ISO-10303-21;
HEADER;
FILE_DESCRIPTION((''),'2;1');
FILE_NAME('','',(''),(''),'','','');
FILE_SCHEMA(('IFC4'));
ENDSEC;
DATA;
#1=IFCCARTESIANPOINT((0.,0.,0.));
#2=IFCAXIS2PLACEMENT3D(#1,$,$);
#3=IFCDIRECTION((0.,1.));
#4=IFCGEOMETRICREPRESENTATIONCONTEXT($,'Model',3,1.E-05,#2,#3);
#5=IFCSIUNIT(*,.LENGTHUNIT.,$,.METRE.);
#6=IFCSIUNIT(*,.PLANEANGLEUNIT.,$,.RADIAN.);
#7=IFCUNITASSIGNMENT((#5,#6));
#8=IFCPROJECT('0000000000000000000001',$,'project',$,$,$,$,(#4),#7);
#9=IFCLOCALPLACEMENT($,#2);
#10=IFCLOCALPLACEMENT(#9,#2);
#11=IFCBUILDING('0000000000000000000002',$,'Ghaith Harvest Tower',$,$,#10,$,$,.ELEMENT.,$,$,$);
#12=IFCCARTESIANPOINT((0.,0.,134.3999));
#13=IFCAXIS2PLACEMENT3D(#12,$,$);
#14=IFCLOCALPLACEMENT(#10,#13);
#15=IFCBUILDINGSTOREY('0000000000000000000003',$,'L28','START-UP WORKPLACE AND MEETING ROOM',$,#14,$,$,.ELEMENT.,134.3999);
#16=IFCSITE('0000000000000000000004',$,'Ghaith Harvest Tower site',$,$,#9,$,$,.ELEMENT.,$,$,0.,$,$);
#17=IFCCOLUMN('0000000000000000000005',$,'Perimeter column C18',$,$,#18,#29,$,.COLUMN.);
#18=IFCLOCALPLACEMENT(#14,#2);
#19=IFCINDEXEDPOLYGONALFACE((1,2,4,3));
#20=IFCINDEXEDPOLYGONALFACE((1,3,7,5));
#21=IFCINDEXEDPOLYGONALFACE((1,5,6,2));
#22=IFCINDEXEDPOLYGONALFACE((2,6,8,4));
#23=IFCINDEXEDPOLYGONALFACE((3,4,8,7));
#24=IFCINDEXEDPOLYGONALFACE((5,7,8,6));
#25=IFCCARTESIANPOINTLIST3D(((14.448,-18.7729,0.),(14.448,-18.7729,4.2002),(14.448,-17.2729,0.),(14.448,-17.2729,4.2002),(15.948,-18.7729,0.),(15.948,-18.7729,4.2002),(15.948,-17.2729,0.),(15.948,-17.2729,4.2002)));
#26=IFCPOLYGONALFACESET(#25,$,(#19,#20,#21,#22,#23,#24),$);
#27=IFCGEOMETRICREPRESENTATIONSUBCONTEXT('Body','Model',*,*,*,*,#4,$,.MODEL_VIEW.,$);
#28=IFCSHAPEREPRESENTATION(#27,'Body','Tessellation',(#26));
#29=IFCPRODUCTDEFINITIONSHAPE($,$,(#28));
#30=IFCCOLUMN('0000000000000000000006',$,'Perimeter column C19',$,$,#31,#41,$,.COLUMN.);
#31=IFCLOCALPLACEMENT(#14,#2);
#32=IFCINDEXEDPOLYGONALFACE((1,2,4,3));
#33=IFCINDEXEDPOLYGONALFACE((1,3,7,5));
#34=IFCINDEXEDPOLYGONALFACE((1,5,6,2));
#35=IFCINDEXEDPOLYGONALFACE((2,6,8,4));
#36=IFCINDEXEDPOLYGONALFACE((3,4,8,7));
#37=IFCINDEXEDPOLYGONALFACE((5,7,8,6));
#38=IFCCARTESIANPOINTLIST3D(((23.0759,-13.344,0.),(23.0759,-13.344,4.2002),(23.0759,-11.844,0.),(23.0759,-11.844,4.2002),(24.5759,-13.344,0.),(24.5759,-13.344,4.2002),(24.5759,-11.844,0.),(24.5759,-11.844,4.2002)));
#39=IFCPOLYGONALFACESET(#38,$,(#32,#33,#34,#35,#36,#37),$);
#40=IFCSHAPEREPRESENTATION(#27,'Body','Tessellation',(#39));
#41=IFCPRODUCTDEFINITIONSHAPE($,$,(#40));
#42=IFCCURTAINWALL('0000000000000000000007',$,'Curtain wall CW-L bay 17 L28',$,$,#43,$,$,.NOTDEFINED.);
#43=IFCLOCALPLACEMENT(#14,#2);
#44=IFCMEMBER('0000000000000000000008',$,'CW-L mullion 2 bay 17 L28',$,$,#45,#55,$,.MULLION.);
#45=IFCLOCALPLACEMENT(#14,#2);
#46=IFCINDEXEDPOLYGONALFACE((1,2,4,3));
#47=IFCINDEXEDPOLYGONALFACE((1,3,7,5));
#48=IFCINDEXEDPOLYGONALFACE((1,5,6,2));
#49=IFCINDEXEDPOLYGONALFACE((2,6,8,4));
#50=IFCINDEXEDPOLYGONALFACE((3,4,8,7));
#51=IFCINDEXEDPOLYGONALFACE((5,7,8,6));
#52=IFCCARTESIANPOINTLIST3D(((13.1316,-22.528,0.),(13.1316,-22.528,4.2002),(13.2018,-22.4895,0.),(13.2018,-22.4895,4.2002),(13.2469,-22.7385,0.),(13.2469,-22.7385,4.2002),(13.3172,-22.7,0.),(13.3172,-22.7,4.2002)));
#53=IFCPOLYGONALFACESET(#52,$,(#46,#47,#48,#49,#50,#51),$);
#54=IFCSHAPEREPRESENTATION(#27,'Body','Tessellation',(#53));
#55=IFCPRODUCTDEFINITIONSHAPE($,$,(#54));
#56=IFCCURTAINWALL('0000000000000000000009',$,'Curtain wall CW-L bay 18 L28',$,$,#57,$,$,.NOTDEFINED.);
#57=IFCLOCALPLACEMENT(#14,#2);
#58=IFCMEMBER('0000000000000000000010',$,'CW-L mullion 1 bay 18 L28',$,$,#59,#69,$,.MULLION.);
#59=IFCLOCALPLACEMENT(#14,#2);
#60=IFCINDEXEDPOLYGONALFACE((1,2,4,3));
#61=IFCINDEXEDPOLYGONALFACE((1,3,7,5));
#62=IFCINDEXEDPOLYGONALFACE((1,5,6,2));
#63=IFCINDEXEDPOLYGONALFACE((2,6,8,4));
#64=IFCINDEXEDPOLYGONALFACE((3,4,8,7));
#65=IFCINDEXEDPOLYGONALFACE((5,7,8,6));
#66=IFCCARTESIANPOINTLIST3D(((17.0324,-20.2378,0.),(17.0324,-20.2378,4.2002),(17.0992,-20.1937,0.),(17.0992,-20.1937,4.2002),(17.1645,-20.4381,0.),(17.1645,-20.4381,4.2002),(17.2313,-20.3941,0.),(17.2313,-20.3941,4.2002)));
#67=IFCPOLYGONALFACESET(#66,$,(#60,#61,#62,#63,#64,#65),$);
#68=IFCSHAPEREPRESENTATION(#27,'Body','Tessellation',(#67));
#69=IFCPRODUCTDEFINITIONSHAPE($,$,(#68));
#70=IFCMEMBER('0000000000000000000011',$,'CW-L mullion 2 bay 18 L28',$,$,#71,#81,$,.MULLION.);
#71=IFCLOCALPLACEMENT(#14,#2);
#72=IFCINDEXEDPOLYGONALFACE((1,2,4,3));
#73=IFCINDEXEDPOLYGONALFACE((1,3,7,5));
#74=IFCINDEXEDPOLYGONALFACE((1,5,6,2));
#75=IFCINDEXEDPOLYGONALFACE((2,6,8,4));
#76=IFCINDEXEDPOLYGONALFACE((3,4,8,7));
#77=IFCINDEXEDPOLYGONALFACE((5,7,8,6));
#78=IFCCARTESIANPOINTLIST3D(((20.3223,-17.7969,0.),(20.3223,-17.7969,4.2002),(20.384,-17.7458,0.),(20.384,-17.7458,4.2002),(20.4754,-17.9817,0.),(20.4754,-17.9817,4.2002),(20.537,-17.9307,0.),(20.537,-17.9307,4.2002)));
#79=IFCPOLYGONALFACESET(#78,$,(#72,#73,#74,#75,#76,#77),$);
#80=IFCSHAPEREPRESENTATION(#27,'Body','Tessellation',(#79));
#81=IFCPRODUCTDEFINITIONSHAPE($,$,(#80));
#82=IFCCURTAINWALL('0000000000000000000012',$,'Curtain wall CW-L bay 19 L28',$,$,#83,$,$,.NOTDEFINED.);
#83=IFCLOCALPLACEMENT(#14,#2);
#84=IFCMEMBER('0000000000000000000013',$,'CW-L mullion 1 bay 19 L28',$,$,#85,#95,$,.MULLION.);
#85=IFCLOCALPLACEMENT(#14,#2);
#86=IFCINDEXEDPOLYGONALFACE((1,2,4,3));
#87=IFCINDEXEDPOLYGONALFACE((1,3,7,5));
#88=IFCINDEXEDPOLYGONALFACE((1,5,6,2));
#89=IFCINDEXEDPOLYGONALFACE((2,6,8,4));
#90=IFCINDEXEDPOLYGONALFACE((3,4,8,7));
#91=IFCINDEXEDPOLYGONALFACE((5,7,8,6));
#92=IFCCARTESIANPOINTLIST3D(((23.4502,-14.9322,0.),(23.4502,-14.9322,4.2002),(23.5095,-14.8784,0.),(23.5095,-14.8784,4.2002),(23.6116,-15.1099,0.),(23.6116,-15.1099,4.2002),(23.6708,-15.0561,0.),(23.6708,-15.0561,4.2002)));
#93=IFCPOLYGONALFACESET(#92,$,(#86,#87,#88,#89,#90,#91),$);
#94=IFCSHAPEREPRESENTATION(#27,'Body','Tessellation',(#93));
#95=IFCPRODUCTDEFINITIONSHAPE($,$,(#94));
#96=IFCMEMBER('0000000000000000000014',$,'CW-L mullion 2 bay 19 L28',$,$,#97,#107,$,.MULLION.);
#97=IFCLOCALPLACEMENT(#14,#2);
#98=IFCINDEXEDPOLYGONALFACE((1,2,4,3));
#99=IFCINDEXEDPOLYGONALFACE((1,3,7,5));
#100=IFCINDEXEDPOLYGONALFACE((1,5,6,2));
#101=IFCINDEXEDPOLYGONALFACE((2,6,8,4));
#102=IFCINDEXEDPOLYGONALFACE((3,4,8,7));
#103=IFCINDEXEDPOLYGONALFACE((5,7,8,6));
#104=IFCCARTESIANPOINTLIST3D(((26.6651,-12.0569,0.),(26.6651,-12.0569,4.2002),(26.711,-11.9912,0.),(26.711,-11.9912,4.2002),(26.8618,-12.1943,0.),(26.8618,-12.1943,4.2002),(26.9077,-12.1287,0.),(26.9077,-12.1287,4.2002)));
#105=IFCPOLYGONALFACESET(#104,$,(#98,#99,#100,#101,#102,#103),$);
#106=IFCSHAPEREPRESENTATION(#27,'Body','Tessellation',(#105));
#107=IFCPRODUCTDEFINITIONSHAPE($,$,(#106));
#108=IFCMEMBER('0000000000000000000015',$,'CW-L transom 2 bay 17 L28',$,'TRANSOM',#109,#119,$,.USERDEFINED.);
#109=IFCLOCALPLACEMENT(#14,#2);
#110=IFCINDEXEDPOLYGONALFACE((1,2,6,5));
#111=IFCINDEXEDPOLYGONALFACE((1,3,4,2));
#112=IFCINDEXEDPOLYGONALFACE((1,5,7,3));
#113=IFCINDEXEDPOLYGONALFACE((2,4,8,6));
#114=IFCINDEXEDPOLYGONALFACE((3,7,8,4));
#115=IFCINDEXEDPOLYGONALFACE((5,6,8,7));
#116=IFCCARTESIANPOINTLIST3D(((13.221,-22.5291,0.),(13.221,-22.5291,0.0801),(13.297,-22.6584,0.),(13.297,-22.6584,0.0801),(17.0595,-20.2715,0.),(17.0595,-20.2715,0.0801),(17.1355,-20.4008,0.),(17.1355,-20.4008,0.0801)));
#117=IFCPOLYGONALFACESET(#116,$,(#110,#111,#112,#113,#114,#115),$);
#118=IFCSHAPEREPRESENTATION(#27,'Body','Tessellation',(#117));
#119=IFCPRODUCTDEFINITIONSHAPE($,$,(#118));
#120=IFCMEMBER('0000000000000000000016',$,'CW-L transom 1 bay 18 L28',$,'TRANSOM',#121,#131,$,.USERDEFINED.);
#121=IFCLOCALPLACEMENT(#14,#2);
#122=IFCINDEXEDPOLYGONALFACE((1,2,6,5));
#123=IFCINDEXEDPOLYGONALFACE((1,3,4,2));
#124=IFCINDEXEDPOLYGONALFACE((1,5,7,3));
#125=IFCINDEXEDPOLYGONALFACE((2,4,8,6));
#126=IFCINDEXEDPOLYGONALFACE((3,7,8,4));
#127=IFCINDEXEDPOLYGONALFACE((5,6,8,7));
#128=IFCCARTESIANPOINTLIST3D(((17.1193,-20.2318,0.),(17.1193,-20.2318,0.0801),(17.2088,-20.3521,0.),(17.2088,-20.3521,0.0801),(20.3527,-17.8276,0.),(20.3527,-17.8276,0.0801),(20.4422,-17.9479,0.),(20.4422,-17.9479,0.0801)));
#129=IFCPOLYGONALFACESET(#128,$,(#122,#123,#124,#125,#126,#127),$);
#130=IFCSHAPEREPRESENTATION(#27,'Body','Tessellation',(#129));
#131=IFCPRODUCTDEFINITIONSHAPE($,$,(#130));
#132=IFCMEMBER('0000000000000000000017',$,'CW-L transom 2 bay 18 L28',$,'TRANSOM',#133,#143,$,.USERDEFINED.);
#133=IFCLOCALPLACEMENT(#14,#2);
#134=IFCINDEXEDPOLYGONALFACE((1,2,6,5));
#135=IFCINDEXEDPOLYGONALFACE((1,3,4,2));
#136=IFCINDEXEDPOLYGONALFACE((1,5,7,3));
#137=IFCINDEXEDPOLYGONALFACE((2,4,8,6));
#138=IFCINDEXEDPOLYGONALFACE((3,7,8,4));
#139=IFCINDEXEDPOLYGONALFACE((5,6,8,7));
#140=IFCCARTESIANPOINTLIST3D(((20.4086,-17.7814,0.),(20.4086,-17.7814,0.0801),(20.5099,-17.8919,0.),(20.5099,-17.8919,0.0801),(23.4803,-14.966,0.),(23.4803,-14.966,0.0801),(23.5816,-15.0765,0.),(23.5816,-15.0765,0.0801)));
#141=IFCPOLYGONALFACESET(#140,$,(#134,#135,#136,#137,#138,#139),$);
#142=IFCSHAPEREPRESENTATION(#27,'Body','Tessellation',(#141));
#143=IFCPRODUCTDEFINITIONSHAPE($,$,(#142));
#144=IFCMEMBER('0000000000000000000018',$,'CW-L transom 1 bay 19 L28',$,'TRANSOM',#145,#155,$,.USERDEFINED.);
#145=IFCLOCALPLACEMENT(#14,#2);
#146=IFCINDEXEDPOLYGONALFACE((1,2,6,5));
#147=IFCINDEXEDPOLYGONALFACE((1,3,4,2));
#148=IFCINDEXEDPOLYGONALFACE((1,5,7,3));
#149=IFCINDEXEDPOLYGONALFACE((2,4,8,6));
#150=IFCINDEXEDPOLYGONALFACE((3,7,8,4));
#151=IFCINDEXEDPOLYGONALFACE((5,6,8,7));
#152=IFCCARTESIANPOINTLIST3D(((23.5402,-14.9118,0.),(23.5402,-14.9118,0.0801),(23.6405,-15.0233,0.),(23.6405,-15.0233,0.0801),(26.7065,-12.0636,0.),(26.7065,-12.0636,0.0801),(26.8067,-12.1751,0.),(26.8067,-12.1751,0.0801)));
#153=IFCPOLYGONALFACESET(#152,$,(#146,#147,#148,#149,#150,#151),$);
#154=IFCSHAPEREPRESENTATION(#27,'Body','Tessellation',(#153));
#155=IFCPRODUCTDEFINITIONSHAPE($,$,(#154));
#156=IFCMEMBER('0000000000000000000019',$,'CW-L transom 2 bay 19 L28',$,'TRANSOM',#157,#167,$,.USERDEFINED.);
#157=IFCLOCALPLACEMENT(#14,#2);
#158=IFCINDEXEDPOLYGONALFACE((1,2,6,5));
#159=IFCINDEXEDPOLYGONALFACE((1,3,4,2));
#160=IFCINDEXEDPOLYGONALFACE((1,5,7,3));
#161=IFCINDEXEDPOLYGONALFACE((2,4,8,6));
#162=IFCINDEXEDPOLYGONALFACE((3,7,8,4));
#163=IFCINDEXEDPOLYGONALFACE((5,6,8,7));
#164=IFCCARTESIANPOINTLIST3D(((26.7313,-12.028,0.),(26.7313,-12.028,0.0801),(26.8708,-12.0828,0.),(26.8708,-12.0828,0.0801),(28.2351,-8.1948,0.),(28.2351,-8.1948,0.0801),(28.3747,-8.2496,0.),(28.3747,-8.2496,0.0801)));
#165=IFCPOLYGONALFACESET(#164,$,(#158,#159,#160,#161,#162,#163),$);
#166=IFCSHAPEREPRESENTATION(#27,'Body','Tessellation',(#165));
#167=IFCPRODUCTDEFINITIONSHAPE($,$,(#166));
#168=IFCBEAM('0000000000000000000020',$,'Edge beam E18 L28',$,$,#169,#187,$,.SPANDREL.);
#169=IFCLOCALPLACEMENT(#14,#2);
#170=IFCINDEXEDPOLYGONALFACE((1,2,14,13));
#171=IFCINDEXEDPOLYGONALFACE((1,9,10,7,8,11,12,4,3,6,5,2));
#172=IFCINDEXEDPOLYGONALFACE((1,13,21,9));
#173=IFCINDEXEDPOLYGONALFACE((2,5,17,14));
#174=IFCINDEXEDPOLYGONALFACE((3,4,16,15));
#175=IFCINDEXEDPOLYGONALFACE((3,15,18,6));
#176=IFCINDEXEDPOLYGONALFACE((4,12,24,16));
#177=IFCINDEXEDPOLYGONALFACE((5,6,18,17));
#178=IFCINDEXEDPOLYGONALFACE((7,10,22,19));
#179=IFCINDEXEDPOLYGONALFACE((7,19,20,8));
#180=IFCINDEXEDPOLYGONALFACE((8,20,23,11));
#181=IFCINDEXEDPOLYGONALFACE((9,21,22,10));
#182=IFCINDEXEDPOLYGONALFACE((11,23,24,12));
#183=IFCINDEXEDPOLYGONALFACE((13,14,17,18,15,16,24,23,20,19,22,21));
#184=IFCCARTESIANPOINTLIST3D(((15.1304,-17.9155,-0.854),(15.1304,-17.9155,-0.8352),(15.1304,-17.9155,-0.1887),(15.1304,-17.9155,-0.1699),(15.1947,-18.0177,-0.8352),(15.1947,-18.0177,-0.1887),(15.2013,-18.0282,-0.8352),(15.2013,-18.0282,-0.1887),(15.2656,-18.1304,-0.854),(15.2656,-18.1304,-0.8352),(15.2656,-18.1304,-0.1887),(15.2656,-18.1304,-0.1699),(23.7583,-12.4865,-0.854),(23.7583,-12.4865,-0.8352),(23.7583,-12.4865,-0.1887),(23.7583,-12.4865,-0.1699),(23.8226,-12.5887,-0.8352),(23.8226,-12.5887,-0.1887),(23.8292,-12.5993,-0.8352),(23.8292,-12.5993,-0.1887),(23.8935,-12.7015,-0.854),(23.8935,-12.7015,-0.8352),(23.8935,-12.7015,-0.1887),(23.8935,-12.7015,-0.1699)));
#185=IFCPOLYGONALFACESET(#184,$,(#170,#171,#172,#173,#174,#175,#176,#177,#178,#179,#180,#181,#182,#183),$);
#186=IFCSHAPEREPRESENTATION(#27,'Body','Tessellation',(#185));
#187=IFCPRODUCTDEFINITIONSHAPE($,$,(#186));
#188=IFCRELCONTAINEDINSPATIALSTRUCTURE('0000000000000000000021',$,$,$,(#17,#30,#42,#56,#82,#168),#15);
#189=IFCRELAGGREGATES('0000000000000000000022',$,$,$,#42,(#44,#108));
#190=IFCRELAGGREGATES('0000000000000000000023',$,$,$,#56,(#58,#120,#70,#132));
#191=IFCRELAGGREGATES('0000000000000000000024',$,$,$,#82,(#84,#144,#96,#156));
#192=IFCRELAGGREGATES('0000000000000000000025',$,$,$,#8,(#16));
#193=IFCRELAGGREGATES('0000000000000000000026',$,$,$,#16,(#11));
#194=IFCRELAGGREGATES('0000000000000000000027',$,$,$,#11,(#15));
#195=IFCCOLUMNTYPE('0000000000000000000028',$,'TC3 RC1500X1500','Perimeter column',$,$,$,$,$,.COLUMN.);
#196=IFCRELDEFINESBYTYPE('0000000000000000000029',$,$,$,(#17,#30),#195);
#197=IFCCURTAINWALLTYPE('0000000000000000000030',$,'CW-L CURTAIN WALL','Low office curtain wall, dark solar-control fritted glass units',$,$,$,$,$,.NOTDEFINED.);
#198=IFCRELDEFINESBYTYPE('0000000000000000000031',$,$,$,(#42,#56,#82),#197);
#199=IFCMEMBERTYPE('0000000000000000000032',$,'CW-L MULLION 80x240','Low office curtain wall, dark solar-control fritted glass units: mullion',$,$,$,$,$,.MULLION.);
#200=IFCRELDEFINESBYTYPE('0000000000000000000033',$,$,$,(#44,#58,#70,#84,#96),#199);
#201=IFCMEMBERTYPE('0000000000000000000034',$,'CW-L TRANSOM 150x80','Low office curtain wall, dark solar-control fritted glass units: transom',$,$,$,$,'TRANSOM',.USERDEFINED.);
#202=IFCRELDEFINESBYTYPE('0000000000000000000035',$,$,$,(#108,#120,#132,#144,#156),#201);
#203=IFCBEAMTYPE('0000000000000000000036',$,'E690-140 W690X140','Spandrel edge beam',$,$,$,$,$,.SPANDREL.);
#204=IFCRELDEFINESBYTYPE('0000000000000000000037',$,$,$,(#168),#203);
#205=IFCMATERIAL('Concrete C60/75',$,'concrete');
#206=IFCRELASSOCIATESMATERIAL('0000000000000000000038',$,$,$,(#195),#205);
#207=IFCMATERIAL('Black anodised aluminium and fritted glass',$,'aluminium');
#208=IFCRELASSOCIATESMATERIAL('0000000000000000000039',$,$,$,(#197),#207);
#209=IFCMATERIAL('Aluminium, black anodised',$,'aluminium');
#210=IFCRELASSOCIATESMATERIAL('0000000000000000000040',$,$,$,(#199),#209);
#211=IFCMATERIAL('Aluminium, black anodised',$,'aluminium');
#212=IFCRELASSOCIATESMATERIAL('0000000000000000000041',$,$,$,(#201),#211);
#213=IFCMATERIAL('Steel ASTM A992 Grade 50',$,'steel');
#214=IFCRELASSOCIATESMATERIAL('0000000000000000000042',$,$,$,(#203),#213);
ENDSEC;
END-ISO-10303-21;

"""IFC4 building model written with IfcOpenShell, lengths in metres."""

from ifc_helpers import new_model, si_unit, direction, frame, origin, origin_2d, place, context, subcontext, project, spatial, rectangle, i_section, extrude, material, material_profile, profile_set, type_object, element, aggregate, save


model = new_model("IFC4")

# Units and contexts
model_context = context("Model", 3, precision=1e-05, world=origin(), true_north=direction((0.0, 1.0)))
body_context = subcontext(model_context, "Body", "Model", "MODEL_VIEW")
ifc_project = project(units=[si_unit("LENGTHUNIT", "METRE"), si_unit("PLANEANGLEUNIT", "RADIAN")], contexts=[model_context])

# Site, building, storey
site_placement = place(None, origin())
site = spatial("IfcSite", under=ifc_project, at=site_placement, Name="Ghaith Harvest Tower site", CompositionType="ELEMENT", RefElevation=0.0)
building_placement = place(site_placement, origin())
building = spatial("IfcBuilding", under=site, at=building_placement, Name="Ghaith Harvest Tower", CompositionType="ELEMENT")
storey_placement = place(building_placement, frame((0.0, 0.0, 134.3999)))
storey = spatial("IfcBuildingStorey", under=building, at=storey_placement, Name="L28", Description="START-UP WORKPLACE AND MEETING ROOM", CompositionType="ELEMENT", Elevation=134.3999)

# Columns
ifc_material_1 = material(Name="Concrete C60/75", Category="concrete")
ifc_material_profile_1 = material_profile(ifc_material_1, rectangle(XDim=1.5, YDim=1.5, at=origin_2d()), Name="RC1500X1500")
ifc_profile_set_1 = profile_set([ifc_material_profile_1], Name="Concrete C60/75")
column_type = type_object("IfcColumnType", Name="TC3 RC1500X1500", Description="Perimeter column", PredefinedType="COLUMN", material=ifc_profile_set_1)
for number, where, z_axis, x_axis, name in (
    (1, (15.198, -18.0229, 0.0), (0.0, 0.0, 1.0), (1.0, 0.0, 0.0), "Perimeter column C18"),
    (2, (23.8259, -12.594, 0.0), (0.0, 0.0, 1.0), (1.0, 0.0, 0.0), "Perimeter column C19"),
):
    element("IfcColumn", number, at=place(storey_placement, frame(where, z_axis=z_axis, x_axis=x_axis)), inside=storey, type_object=column_type, Name=name, PredefinedType="COLUMN", context=body_context, shape_type="SweptSolid", body=[
        extrude(rectangle(XDim=1.5, YDim=1.5, at=origin_2d()), origin(), (0.0, 0.0, 1.0), 4.2002),
    ])

# Curtain wall, member
ifc_material_2 = material(Name="Black anodised aluminium and fritted glass", Category="aluminium")
curtain_wall_type = type_object("IfcCurtainWallType", Name="CW-L CURTAIN WALL", Description="Low office curtain wall, dark solar-control fritted glass units", PredefinedType="NOTDEFINED", material=ifc_material_2)
curtain_wall_1_placement = place(storey_placement, origin())
curtain_wall_1 = element("IfcCurtainWall", 3, at=curtain_wall_1_placement, inside=storey, type_object=curtain_wall_type, Name="Curtain wall CW-L bay 17 L28", PredefinedType="NOTDEFINED")
ifc_material_3 = material(Name="Aluminium, black anodised", Category="aluminium")
ifc_material_profile_2 = material_profile(ifc_material_3, rectangle(XDim=0.0801, YDim=0.24, at=origin_2d()), Name="CW-L MULLION 80x240")
ifc_profile_set_2 = profile_set([ifc_material_profile_2], Name="Aluminium, black anodised")
member_type_1 = type_object("IfcMemberType", Name="CW-L MULLION 80x240", Description="Low office curtain wall, dark solar-control fritted glass units: mullion", PredefinedType="MULLION", material=ifc_profile_set_2)
member_1_placement = place(storey_placement, frame((13.2244, -22.614, 0.0), z_axis=(0.0, 0.0, 1.0), x_axis=(0.876899, 0.480675, 0.0)))
member_1 = element("IfcMember", 4, at=member_1_placement, type_object=member_type_1, Name="CW-L mullion 2 bay 17 L28", PredefinedType="MULLION", context=body_context, shape_type="SweptSolid", body=[
    extrude(rectangle(XDim=0.0801, YDim=0.24, at=origin_2d()), origin(), (0.0, 0.0, 1.0), 4.2002),
])

# Curtain walls, members
curtain_wall_2_placement = place(storey_placement, origin())
curtain_wall_2 = element("IfcCurtainWall", 5, at=curtain_wall_2_placement, inside=storey, type_object=curtain_wall_type, Name="Curtain wall CW-L bay 18 L28", PredefinedType="NOTDEFINED")
member_2_placement = place(storey_placement, frame((17.1318, -20.3159, 0.0), z_axis=(0.0, 0.0, 1.0), x_axis=(0.834887, 0.550421, 0.0)))
member_2 = element("IfcMember", 6, at=member_2_placement, type_object=member_type_1, Name="CW-L mullion 1 bay 18 L28", PredefinedType="MULLION", context=body_context, shape_type="SweptSolid", body=[
    extrude(rectangle(XDim=0.0801, YDim=0.24, at=origin_2d()), origin(), (0.0, 0.0, 1.0), 4.2002),
])
member_3_placement = place(storey_placement, frame((20.4297, -17.8638, 0.0), z_axis=(0.0, 0.0, 1.0), x_axis=(0.770306, 0.637674, 0.0)))
member_3 = element("IfcMember", 7, at=member_3_placement, type_object=member_type_1, Name="CW-L mullion 2 bay 18 L28", PredefinedType="MULLION", context=body_context, shape_type="SweptSolid", body=[
    extrude(rectangle(XDim=0.0801, YDim=0.24, at=origin_2d()), origin(), (0.0, 0.0, 1.0), 4.2002),
])
curtain_wall_3_placement = place(storey_placement, origin())
curtain_wall_3 = element("IfcCurtainWall", 8, at=curtain_wall_3_placement, inside=storey, type_object=curtain_wall_type, Name="Curtain wall CW-L bay 19 L28", PredefinedType="NOTDEFINED")
member_4_placement = place(storey_placement, frame((23.5605, -14.9941, 0.0), z_axis=(0.0, 0.0, 1.0), x_axis=(0.740389, 0.672179, 0.0)))
member_4 = element("IfcMember", 9, at=member_4_placement, type_object=member_type_1, Name="CW-L mullion 1 bay 19 L28", PredefinedType="MULLION", context=body_context, shape_type="SweptSolid", body=[
    extrude(rectangle(XDim=0.0801, YDim=0.24, at=origin_2d()), origin(), (0.0, 0.0, 1.0), 4.2002),
])
member_5_placement = place(storey_placement, frame((26.7864, -12.0928, 0.0), z_axis=(0.0, 0.0, 1.0), x_axis=(0.572853, 0.819658, 0.0)))
member_5 = element("IfcMember", 10, at=member_5_placement, type_object=member_type_1, Name="CW-L mullion 2 bay 19 L28", PredefinedType="MULLION", context=body_context, shape_type="SweptSolid", body=[
    extrude(rectangle(XDim=0.0801, YDim=0.24, at=origin_2d()), origin(), (0.0, 0.0, 1.0), 4.2002),
])

# Members
ifc_material_4 = material(Name="Aluminium, black anodised", Category="aluminium")
ifc_material_profile_3 = material_profile(ifc_material_4, rectangle(XDim=0.1499, YDim=0.0801, at=origin_2d()), Name="CW-L TRANSOM 150x80")
ifc_profile_set_3 = profile_set([ifc_material_profile_3], Name="Aluminium, black anodised")
member_type_2 = type_object("IfcMemberType", Name="CW-L TRANSOM 150x80", Description="Low office curtain wall, dark solar-control fritted glass units: transom", ElementType="TRANSOM", PredefinedType="USERDEFINED", material=ifc_profile_set_3)
member_6_placement = place(storey_placement, frame((13.259, -22.5938, 0.04), z_axis=(0.861964, 0.50697, 0.0), x_axis=(-0.50697, 0.861964, 0.0)))
member_6 = element("IfcMember", 11, at=member_6_placement, type_object=member_type_2, Name="CW-L transom 2 bay 17 L28", ObjectType="TRANSOM", PredefinedType="USERDEFINED", context=body_context, shape_type="SweptSolid", body=[
    extrude(rectangle(XDim=0.1499, YDim=0.0801, at=origin_2d()), origin(), (0.0, 0.0, 1.0), 4.4531),
])
member_7_placement = place(storey_placement, frame((17.1641, -20.292, 0.04), z_axis=(0.802465, 0.596699, 0.0), x_axis=(-0.596699, 0.802465, 0.0)))
member_7 = element("IfcMember", 12, at=member_7_placement, type_object=member_type_2, Name="CW-L transom 1 bay 18 L28", ObjectType="TRANSOM", PredefinedType="USERDEFINED", context=body_context, shape_type="SweptSolid", body=[
    extrude(rectangle(XDim=0.1499, YDim=0.0801, at=origin_2d()), origin(), (0.0, 0.0, 1.0), 4.0293),
])
member_8_placement = place(storey_placement, frame((20.4592, -17.8367, 0.04), z_axis=(0.737198, 0.675677, 0.0), x_axis=(-0.675677, 0.737198, 0.0)))
member_8 = element("IfcMember", 13, at=member_8_placement, type_object=member_type_2, Name="CW-L transom 2 bay 18 L28", ObjectType="TRANSOM", PredefinedType="USERDEFINED", context=body_context, shape_type="SweptSolid", body=[
    extrude(rectangle(XDim=0.1499, YDim=0.0801, at=origin_2d()), origin(), (0.0, 0.0, 1.0), 4.1667),
])
member_9_placement = place(storey_placement, frame((23.5903, -14.9675, 0.04), z_axis=(0.743468, 0.668772, 0.0), x_axis=(-0.668772, 0.743468, 0.0)))
member_9 = element("IfcMember", 14, at=member_9_placement, type_object=member_type_2, Name="CW-L transom 1 bay 19 L28", ObjectType="TRANSOM", PredefinedType="USERDEFINED", context=body_context, shape_type="SweptSolid", body=[
    extrude(rectangle(XDim=0.1499, YDim=0.0801, at=origin_2d()), origin(), (0.0, 0.0, 1.0), 4.2588),
])
member_10_placement = place(storey_placement, frame((26.801, -12.0554, 0.04), z_axis=(0.365229, 0.930918, 0.0), x_axis=(-0.930918, 0.365229, 0.0)))
member_10 = element("IfcMember", 15, at=member_10_placement, type_object=member_type_2, Name="CW-L transom 2 bay 19 L28", ObjectType="TRANSOM", PredefinedType="USERDEFINED", context=body_context, shape_type="SweptSolid", body=[
    extrude(rectangle(XDim=0.1499, YDim=0.0801, at=origin_2d()), origin(), (0.0, 0.0, 1.0), 4.1177),
])

# Beam
ifc_material_5 = material(Name="Steel ASTM A992 Grade 50", Category="steel")
ifc_material_profile_4 = material_profile(ifc_material_5, i_section(OverallWidth=0.2539, OverallDepth=0.6841, WebThickness=0.0125, FlangeThickness=0.0188, at=origin_2d()), Name="W690X140")
ifc_profile_set_4 = profile_set([ifc_material_profile_4], Name="Steel ASTM A992 Grade 50")
beam_type = type_object("IfcBeamType", Name="E690-140 W690X140", Description="Spandrel edge beam", PredefinedType="SPANDREL", material=ifc_profile_set_4)
beam_1_placement = place(storey_placement, frame((15.198, -18.0229, -0.512), z_axis=(0.846385, 0.532571, 0.0), x_axis=(-0.532571, 0.846385, 0.0)))
element("IfcBeam", 16, at=beam_1_placement, inside=storey, type_object=beam_type, Name="Edge beam E18 L28", PredefinedType="SPANDREL", context=body_context, shape_type="SweptSolid", body=[
    extrude(i_section(OverallWidth=0.2539, OverallDepth=0.6841, WebThickness=0.0125, FlangeThickness=0.0188, at=origin_2d()), origin(), (0.0, 0.0, 1.0), 10.1938),
])

aggregate(curtain_wall_1, [member_1, member_6])
aggregate(curtain_wall_2, [member_2, member_7, member_3, member_8])
aggregate(curtain_wall_3, [member_4, member_9, member_5, member_10])

save(model, "model.ifc")
